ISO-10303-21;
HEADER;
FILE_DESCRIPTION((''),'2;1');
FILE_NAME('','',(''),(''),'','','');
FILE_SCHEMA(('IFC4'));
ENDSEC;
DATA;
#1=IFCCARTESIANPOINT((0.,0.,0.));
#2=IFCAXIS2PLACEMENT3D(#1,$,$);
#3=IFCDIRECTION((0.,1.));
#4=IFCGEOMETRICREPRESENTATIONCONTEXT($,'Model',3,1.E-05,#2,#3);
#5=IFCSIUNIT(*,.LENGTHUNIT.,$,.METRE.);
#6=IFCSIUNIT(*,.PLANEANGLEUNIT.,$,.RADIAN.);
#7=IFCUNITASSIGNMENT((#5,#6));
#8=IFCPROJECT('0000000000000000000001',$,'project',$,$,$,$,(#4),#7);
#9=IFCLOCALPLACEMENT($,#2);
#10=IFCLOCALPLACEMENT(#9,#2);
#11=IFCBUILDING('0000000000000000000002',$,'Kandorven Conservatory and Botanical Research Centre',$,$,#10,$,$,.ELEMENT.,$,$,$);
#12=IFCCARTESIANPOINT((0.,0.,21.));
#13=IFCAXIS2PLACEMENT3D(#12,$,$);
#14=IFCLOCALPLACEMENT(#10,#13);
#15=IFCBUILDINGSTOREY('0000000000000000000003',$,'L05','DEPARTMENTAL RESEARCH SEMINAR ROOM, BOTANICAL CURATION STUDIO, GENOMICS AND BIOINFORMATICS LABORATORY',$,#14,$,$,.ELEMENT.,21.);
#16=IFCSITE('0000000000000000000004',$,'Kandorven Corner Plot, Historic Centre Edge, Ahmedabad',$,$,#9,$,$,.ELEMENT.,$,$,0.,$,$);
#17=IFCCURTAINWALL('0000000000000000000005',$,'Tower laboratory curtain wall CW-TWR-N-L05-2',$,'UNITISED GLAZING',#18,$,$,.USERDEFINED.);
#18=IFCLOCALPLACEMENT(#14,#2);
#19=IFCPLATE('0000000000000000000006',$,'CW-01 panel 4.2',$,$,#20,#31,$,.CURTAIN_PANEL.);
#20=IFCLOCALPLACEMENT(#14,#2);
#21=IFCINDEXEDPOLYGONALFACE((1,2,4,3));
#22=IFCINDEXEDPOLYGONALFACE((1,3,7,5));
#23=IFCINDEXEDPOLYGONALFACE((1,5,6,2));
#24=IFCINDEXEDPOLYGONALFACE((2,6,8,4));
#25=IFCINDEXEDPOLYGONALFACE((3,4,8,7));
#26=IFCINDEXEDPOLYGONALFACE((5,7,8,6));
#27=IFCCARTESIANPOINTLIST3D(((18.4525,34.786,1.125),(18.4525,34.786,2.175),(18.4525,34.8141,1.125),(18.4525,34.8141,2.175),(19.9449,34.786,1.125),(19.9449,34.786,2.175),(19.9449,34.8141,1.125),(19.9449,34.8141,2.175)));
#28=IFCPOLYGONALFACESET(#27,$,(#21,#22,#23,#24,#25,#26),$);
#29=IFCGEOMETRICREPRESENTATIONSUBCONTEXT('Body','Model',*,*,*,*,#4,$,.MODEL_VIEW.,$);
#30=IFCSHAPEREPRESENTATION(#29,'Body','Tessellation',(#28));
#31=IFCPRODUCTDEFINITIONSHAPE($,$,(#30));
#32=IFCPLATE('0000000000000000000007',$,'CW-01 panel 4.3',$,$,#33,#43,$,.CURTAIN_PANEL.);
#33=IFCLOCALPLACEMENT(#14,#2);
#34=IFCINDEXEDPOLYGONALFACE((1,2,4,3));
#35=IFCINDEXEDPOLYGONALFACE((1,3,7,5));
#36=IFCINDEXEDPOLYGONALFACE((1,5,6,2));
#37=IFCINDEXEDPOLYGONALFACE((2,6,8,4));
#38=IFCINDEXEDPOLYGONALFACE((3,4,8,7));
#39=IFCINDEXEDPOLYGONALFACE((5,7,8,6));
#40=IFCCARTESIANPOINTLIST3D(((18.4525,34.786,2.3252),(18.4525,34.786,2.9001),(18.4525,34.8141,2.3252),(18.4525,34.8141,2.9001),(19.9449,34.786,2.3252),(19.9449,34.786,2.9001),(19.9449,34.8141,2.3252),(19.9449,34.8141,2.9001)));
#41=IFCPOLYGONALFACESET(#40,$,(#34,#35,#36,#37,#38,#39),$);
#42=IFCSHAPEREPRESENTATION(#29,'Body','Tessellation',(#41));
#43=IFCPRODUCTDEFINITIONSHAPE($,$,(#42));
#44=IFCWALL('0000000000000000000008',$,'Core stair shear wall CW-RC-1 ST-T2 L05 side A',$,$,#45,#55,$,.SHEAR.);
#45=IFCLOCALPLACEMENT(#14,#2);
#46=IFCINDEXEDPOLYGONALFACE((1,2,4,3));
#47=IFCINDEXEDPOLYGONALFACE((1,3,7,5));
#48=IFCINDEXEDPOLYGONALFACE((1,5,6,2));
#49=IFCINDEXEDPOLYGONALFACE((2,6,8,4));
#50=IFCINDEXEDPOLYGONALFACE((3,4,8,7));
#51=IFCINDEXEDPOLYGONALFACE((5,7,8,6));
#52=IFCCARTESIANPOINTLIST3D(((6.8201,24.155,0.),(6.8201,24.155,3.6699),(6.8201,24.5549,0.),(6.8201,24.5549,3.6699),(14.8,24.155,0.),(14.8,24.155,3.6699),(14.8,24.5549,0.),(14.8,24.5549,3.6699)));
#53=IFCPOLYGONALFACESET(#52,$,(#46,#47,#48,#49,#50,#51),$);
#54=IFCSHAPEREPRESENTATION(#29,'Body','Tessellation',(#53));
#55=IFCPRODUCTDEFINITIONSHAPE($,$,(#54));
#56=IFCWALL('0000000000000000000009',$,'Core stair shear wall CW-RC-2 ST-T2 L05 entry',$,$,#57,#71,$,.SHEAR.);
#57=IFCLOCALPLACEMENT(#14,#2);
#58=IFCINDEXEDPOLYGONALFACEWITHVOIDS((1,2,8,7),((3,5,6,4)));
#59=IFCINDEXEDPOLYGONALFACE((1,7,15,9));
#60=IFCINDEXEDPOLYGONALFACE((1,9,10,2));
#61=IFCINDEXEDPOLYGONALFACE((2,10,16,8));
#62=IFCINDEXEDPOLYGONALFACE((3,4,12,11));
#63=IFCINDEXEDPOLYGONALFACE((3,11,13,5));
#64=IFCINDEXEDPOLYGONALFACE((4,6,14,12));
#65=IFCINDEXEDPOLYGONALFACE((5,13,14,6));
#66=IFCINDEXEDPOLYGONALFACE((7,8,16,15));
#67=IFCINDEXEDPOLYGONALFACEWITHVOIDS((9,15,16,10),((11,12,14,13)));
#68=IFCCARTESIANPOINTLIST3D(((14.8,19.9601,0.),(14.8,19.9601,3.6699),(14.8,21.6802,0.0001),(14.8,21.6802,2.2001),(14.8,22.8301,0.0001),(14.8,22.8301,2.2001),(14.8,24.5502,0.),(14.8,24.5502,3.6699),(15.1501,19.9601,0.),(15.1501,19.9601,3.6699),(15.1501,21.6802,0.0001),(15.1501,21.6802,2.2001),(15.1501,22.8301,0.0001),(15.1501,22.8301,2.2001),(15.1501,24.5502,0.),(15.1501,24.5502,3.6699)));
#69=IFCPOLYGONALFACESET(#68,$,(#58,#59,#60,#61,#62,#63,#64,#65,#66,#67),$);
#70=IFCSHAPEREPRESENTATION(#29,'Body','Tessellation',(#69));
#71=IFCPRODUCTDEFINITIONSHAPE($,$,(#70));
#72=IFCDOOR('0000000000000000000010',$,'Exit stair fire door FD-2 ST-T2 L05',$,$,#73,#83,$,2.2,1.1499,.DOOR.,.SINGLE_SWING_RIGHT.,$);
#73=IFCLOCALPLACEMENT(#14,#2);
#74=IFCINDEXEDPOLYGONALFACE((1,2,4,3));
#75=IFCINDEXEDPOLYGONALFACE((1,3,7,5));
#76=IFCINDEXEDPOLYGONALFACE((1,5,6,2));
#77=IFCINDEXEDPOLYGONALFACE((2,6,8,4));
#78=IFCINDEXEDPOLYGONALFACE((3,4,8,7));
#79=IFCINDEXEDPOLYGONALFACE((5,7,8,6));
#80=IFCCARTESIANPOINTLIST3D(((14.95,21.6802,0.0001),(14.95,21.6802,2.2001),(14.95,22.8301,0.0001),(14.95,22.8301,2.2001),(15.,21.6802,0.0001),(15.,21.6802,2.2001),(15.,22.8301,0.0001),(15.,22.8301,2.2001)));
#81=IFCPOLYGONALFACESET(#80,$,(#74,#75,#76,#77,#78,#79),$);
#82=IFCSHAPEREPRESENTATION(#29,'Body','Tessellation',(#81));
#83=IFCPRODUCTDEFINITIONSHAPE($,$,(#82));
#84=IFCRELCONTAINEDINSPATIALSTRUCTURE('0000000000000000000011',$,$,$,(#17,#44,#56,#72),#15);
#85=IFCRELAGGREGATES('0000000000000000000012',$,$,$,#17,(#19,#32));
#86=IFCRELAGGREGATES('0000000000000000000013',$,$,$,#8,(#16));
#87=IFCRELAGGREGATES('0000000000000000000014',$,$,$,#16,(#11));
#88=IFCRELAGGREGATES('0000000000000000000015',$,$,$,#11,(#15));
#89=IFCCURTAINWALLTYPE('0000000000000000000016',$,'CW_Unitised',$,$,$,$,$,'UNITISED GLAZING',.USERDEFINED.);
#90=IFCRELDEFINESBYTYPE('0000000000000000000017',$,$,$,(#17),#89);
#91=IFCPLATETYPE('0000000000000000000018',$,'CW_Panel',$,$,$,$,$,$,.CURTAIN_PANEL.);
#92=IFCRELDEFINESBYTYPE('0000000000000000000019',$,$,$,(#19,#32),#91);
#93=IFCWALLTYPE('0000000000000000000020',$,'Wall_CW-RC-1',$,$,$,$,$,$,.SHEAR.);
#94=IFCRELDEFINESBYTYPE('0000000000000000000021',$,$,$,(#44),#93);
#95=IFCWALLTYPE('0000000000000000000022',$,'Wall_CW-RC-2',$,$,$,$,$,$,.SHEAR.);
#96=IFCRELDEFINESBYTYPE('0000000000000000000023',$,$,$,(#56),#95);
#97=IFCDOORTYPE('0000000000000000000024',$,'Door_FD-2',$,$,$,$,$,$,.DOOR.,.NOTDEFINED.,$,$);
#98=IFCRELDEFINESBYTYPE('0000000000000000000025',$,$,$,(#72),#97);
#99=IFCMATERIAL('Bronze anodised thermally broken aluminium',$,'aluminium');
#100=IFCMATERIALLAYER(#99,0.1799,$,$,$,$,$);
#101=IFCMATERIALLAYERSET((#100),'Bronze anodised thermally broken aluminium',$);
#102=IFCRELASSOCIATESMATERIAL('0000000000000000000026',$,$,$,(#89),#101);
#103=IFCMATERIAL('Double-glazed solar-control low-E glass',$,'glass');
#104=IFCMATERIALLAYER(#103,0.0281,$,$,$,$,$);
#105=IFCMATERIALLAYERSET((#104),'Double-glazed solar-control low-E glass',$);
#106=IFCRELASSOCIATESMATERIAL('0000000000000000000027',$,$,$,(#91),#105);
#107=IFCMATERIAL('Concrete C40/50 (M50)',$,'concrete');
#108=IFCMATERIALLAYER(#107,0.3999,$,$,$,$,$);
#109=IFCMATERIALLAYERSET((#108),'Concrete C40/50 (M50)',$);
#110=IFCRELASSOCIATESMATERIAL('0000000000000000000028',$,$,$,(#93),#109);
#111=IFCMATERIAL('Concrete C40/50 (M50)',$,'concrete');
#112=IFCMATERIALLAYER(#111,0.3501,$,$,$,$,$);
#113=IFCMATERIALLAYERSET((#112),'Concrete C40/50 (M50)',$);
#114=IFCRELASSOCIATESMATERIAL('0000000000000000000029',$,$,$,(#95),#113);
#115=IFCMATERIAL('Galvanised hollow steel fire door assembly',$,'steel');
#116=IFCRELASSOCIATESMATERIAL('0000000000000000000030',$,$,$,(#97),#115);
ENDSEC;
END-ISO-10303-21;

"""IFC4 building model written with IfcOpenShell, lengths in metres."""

from ifc_helpers import new_model, si_unit, direction, frame, frame_2d, origin, origin_2d, place, context, subcontext, project, spatial, rectangle, extrude, material, layer, layer_set, type_object, element, fill, aggregate, save


model = new_model("IFC4")

# Units and contexts
model_context = context("Model", 3, precision=1e-05, world=origin(), true_north=direction((0.0, 1.0)))
body_context = subcontext(model_context, "Body", "Model", "MODEL_VIEW")
ifc_project = project(units=[si_unit("LENGTHUNIT", "METRE"), si_unit("PLANEANGLEUNIT", "RADIAN")], contexts=[model_context])

# Site, building, storey
site_placement = place(None, origin())
site = spatial("IfcSite", under=ifc_project, at=site_placement, Name="Kandorven Corner Plot, Historic Centre Edge, Ahmedabad", CompositionType="ELEMENT", RefElevation=0.0)
building_placement = place(site_placement, origin())
building = spatial("IfcBuilding", under=site, at=building_placement, Name="Kandorven Conservatory and Botanical Research Centre", CompositionType="ELEMENT")
storey_placement = place(building_placement, frame((0.0, 0.0, 21.0)))
storey = spatial("IfcBuildingStorey", under=building, at=storey_placement, Name="L05", Description="DEPARTMENTAL RESEARCH SEMINAR ROOM, BOTANICAL CURATION STUDIO, GENOMICS AND BIOINFORMATICS LABORATORY", CompositionType="ELEMENT", Elevation=21.0)

# Curtain wall
ifc_material_1 = material(Name="Bronze anodised thermally broken aluminium", Category="aluminium")
ifc_layer_1 = layer(ifc_material_1, 0.1799)
ifc_layer_set_1 = layer_set([ifc_layer_1], Name="Bronze anodised thermally broken aluminium")
curtain_wall_type = type_object("IfcCurtainWallType", Name="CW_Unitised", ElementType="UNITISED GLAZING", PredefinedType="USERDEFINED", material=ifc_layer_set_1)
curtain_wall_1_placement = place(storey_placement, origin())
curtain_wall_1 = element("IfcCurtainWall", 1, at=curtain_wall_1_placement, inside=storey, type_object=curtain_wall_type, Name="Tower laboratory curtain wall CW-TWR-N-L05-2", ObjectType="UNITISED GLAZING", PredefinedType="USERDEFINED")

# Plates
ifc_material_2 = material(Name="Double-glazed solar-control low-E glass", Category="glass")
ifc_layer_2 = layer(ifc_material_2, 0.0281)
ifc_layer_set_2 = layer_set([ifc_layer_2], Name="Double-glazed solar-control low-E glass")
plate_type = type_object("IfcPlateType", Name="CW_Panel", PredefinedType="CURTAIN_PANEL", material=ifc_layer_set_2)
plate_1_placement = place(storey_placement, frame((19.1987, 34.8, 1.125), z_axis=(0.0, 0.0, 1.0), x_axis=(1.0, 0.0, 0.0)))
plate_1 = element("IfcPlate", 2, at=plate_1_placement, type_object=plate_type, Name="CW-01 panel 4.2", PredefinedType="CURTAIN_PANEL", context=body_context, shape_type="SweptSolid", body=[
    extrude(rectangle(XDim=1.4924, YDim=0.0281, at=origin_2d()), origin(), (0.0, 0.0, 1.0), 1.05),
])
plate_2_placement = place(storey_placement, frame((19.1987, 34.8, 2.3252), z_axis=(0.0, 0.0, 1.0), x_axis=(1.0, 0.0, 0.0)))
plate_2 = element("IfcPlate", 3, at=plate_2_placement, type_object=plate_type, Name="CW-01 panel 4.3", PredefinedType="CURTAIN_PANEL", context=body_context, shape_type="SweptSolid", body=[
    extrude(rectangle(XDim=1.4924, YDim=0.0281, at=origin_2d()), origin(), (0.0, 0.0, 1.0), 0.575),
])
aggregate(curtain_wall_1, [plate_1, plate_2])

# Wall
ifc_material_3 = material(Name="Concrete C40/50 (M50)", Category="concrete")
ifc_layer_3 = layer(ifc_material_3, 0.3999)
ifc_layer_set_3 = layer_set([ifc_layer_3], Name="Concrete C40/50 (M50)")
wall_type_1 = type_object("IfcWallType", Name="Wall_CW-RC-1", PredefinedType="SHEAR", material=ifc_layer_set_3)
wall_1_placement = place(storey_placement, frame((14.8, 24.355, 0.0), z_axis=(0.0, 0.0, 1.0), x_axis=(-1.0, 0.0, 0.0)))
element("IfcWall", 4, at=wall_1_placement, inside=storey, type_object=wall_type_1, Name="Core stair shear wall CW-RC-1 ST-T2 L05 side A", PredefinedType="SHEAR", context=body_context, shape_type="SweptSolid", body=[
    extrude(rectangle(XDim=7.98, YDim=0.3999, at=frame_2d((3.99, 0.0))), origin(), (0.0, 0.0, 1.0), 3.6699),
])

# Wall, opening, door
ifc_material_4 = material(Name="Concrete C40/50 (M50)", Category="concrete")
ifc_layer_4 = layer(ifc_material_4, 0.3501)
ifc_layer_set_4 = layer_set([ifc_layer_4], Name="Concrete C40/50 (M50)")
wall_type_2 = type_object("IfcWallType", Name="Wall_CW-RC-2", PredefinedType="SHEAR", material=ifc_layer_set_4)
wall_2_placement = place(storey_placement, frame((14.9751, 24.55, 0.0), z_axis=(0.0, 0.0, 1.0), x_axis=(0.0, -1.0, 0.0)))
wall_2 = element("IfcWall", 5, at=wall_2_placement, inside=storey, type_object=wall_type_2, Name="Core stair shear wall CW-RC-2 ST-T2 L05 entry", PredefinedType="SHEAR", context=body_context, shape_type="SweptSolid", body=[
    extrude(rectangle(XDim=4.5901, YDim=0.3501, at=frame_2d((2.2949, 0.0))), origin(), (0.0, 0.0, 1.0), 3.6699),
])
opening_placement = place(wall_2_placement, frame((1.72, 0.0, 0.0)))
opening = element("IfcOpeningElement", 6, at=opening_placement, cuts=wall_2, PredefinedType="OPENING", context=body_context, shape_type="SweptSolid", body=[
    extrude(rectangle(XDim=1.1499, YDim=2.2, at=frame_2d((0.575, 1.1001))), frame((0.0, 0.1851, 0.0), z_axis=(0.0, -1.0, 0.0), x_axis=(1.0, 0.0, 0.0)), (0.0, 0.0, 1.0), 0.3701),
])
ifc_material_5 = material(Name="Galvanised hollow steel fire door assembly", Category="steel")
door_type = type_object("IfcDoorType", Name="Door_FD-2", OperationType="NOTDEFINED", PredefinedType="DOOR", material=ifc_material_5)
door_placement = place(opening_placement, origin())
door = element("IfcDoor", 7, at=door_placement, inside=storey, type_object=door_type, Name="Exit stair fire door FD-2 ST-T2 L05", OperationType="SINGLE_SWING_RIGHT", OverallHeight=2.2, OverallWidth=1.1499, PredefinedType="DOOR", context=body_context, shape_type="SweptSolid", body=[
    extrude(rectangle(XDim=1.1499, YDim=2.2, at=frame_2d((0.575, 1.1001))), frame((0.0, 0.0249, 0.0), z_axis=(0.0, -1.0, 0.0), x_axis=(1.0, 0.0, 0.0)), (0.0, 0.0, 1.0), 0.05),
])
fill(opening, door)

save(model, "model.ifc")
